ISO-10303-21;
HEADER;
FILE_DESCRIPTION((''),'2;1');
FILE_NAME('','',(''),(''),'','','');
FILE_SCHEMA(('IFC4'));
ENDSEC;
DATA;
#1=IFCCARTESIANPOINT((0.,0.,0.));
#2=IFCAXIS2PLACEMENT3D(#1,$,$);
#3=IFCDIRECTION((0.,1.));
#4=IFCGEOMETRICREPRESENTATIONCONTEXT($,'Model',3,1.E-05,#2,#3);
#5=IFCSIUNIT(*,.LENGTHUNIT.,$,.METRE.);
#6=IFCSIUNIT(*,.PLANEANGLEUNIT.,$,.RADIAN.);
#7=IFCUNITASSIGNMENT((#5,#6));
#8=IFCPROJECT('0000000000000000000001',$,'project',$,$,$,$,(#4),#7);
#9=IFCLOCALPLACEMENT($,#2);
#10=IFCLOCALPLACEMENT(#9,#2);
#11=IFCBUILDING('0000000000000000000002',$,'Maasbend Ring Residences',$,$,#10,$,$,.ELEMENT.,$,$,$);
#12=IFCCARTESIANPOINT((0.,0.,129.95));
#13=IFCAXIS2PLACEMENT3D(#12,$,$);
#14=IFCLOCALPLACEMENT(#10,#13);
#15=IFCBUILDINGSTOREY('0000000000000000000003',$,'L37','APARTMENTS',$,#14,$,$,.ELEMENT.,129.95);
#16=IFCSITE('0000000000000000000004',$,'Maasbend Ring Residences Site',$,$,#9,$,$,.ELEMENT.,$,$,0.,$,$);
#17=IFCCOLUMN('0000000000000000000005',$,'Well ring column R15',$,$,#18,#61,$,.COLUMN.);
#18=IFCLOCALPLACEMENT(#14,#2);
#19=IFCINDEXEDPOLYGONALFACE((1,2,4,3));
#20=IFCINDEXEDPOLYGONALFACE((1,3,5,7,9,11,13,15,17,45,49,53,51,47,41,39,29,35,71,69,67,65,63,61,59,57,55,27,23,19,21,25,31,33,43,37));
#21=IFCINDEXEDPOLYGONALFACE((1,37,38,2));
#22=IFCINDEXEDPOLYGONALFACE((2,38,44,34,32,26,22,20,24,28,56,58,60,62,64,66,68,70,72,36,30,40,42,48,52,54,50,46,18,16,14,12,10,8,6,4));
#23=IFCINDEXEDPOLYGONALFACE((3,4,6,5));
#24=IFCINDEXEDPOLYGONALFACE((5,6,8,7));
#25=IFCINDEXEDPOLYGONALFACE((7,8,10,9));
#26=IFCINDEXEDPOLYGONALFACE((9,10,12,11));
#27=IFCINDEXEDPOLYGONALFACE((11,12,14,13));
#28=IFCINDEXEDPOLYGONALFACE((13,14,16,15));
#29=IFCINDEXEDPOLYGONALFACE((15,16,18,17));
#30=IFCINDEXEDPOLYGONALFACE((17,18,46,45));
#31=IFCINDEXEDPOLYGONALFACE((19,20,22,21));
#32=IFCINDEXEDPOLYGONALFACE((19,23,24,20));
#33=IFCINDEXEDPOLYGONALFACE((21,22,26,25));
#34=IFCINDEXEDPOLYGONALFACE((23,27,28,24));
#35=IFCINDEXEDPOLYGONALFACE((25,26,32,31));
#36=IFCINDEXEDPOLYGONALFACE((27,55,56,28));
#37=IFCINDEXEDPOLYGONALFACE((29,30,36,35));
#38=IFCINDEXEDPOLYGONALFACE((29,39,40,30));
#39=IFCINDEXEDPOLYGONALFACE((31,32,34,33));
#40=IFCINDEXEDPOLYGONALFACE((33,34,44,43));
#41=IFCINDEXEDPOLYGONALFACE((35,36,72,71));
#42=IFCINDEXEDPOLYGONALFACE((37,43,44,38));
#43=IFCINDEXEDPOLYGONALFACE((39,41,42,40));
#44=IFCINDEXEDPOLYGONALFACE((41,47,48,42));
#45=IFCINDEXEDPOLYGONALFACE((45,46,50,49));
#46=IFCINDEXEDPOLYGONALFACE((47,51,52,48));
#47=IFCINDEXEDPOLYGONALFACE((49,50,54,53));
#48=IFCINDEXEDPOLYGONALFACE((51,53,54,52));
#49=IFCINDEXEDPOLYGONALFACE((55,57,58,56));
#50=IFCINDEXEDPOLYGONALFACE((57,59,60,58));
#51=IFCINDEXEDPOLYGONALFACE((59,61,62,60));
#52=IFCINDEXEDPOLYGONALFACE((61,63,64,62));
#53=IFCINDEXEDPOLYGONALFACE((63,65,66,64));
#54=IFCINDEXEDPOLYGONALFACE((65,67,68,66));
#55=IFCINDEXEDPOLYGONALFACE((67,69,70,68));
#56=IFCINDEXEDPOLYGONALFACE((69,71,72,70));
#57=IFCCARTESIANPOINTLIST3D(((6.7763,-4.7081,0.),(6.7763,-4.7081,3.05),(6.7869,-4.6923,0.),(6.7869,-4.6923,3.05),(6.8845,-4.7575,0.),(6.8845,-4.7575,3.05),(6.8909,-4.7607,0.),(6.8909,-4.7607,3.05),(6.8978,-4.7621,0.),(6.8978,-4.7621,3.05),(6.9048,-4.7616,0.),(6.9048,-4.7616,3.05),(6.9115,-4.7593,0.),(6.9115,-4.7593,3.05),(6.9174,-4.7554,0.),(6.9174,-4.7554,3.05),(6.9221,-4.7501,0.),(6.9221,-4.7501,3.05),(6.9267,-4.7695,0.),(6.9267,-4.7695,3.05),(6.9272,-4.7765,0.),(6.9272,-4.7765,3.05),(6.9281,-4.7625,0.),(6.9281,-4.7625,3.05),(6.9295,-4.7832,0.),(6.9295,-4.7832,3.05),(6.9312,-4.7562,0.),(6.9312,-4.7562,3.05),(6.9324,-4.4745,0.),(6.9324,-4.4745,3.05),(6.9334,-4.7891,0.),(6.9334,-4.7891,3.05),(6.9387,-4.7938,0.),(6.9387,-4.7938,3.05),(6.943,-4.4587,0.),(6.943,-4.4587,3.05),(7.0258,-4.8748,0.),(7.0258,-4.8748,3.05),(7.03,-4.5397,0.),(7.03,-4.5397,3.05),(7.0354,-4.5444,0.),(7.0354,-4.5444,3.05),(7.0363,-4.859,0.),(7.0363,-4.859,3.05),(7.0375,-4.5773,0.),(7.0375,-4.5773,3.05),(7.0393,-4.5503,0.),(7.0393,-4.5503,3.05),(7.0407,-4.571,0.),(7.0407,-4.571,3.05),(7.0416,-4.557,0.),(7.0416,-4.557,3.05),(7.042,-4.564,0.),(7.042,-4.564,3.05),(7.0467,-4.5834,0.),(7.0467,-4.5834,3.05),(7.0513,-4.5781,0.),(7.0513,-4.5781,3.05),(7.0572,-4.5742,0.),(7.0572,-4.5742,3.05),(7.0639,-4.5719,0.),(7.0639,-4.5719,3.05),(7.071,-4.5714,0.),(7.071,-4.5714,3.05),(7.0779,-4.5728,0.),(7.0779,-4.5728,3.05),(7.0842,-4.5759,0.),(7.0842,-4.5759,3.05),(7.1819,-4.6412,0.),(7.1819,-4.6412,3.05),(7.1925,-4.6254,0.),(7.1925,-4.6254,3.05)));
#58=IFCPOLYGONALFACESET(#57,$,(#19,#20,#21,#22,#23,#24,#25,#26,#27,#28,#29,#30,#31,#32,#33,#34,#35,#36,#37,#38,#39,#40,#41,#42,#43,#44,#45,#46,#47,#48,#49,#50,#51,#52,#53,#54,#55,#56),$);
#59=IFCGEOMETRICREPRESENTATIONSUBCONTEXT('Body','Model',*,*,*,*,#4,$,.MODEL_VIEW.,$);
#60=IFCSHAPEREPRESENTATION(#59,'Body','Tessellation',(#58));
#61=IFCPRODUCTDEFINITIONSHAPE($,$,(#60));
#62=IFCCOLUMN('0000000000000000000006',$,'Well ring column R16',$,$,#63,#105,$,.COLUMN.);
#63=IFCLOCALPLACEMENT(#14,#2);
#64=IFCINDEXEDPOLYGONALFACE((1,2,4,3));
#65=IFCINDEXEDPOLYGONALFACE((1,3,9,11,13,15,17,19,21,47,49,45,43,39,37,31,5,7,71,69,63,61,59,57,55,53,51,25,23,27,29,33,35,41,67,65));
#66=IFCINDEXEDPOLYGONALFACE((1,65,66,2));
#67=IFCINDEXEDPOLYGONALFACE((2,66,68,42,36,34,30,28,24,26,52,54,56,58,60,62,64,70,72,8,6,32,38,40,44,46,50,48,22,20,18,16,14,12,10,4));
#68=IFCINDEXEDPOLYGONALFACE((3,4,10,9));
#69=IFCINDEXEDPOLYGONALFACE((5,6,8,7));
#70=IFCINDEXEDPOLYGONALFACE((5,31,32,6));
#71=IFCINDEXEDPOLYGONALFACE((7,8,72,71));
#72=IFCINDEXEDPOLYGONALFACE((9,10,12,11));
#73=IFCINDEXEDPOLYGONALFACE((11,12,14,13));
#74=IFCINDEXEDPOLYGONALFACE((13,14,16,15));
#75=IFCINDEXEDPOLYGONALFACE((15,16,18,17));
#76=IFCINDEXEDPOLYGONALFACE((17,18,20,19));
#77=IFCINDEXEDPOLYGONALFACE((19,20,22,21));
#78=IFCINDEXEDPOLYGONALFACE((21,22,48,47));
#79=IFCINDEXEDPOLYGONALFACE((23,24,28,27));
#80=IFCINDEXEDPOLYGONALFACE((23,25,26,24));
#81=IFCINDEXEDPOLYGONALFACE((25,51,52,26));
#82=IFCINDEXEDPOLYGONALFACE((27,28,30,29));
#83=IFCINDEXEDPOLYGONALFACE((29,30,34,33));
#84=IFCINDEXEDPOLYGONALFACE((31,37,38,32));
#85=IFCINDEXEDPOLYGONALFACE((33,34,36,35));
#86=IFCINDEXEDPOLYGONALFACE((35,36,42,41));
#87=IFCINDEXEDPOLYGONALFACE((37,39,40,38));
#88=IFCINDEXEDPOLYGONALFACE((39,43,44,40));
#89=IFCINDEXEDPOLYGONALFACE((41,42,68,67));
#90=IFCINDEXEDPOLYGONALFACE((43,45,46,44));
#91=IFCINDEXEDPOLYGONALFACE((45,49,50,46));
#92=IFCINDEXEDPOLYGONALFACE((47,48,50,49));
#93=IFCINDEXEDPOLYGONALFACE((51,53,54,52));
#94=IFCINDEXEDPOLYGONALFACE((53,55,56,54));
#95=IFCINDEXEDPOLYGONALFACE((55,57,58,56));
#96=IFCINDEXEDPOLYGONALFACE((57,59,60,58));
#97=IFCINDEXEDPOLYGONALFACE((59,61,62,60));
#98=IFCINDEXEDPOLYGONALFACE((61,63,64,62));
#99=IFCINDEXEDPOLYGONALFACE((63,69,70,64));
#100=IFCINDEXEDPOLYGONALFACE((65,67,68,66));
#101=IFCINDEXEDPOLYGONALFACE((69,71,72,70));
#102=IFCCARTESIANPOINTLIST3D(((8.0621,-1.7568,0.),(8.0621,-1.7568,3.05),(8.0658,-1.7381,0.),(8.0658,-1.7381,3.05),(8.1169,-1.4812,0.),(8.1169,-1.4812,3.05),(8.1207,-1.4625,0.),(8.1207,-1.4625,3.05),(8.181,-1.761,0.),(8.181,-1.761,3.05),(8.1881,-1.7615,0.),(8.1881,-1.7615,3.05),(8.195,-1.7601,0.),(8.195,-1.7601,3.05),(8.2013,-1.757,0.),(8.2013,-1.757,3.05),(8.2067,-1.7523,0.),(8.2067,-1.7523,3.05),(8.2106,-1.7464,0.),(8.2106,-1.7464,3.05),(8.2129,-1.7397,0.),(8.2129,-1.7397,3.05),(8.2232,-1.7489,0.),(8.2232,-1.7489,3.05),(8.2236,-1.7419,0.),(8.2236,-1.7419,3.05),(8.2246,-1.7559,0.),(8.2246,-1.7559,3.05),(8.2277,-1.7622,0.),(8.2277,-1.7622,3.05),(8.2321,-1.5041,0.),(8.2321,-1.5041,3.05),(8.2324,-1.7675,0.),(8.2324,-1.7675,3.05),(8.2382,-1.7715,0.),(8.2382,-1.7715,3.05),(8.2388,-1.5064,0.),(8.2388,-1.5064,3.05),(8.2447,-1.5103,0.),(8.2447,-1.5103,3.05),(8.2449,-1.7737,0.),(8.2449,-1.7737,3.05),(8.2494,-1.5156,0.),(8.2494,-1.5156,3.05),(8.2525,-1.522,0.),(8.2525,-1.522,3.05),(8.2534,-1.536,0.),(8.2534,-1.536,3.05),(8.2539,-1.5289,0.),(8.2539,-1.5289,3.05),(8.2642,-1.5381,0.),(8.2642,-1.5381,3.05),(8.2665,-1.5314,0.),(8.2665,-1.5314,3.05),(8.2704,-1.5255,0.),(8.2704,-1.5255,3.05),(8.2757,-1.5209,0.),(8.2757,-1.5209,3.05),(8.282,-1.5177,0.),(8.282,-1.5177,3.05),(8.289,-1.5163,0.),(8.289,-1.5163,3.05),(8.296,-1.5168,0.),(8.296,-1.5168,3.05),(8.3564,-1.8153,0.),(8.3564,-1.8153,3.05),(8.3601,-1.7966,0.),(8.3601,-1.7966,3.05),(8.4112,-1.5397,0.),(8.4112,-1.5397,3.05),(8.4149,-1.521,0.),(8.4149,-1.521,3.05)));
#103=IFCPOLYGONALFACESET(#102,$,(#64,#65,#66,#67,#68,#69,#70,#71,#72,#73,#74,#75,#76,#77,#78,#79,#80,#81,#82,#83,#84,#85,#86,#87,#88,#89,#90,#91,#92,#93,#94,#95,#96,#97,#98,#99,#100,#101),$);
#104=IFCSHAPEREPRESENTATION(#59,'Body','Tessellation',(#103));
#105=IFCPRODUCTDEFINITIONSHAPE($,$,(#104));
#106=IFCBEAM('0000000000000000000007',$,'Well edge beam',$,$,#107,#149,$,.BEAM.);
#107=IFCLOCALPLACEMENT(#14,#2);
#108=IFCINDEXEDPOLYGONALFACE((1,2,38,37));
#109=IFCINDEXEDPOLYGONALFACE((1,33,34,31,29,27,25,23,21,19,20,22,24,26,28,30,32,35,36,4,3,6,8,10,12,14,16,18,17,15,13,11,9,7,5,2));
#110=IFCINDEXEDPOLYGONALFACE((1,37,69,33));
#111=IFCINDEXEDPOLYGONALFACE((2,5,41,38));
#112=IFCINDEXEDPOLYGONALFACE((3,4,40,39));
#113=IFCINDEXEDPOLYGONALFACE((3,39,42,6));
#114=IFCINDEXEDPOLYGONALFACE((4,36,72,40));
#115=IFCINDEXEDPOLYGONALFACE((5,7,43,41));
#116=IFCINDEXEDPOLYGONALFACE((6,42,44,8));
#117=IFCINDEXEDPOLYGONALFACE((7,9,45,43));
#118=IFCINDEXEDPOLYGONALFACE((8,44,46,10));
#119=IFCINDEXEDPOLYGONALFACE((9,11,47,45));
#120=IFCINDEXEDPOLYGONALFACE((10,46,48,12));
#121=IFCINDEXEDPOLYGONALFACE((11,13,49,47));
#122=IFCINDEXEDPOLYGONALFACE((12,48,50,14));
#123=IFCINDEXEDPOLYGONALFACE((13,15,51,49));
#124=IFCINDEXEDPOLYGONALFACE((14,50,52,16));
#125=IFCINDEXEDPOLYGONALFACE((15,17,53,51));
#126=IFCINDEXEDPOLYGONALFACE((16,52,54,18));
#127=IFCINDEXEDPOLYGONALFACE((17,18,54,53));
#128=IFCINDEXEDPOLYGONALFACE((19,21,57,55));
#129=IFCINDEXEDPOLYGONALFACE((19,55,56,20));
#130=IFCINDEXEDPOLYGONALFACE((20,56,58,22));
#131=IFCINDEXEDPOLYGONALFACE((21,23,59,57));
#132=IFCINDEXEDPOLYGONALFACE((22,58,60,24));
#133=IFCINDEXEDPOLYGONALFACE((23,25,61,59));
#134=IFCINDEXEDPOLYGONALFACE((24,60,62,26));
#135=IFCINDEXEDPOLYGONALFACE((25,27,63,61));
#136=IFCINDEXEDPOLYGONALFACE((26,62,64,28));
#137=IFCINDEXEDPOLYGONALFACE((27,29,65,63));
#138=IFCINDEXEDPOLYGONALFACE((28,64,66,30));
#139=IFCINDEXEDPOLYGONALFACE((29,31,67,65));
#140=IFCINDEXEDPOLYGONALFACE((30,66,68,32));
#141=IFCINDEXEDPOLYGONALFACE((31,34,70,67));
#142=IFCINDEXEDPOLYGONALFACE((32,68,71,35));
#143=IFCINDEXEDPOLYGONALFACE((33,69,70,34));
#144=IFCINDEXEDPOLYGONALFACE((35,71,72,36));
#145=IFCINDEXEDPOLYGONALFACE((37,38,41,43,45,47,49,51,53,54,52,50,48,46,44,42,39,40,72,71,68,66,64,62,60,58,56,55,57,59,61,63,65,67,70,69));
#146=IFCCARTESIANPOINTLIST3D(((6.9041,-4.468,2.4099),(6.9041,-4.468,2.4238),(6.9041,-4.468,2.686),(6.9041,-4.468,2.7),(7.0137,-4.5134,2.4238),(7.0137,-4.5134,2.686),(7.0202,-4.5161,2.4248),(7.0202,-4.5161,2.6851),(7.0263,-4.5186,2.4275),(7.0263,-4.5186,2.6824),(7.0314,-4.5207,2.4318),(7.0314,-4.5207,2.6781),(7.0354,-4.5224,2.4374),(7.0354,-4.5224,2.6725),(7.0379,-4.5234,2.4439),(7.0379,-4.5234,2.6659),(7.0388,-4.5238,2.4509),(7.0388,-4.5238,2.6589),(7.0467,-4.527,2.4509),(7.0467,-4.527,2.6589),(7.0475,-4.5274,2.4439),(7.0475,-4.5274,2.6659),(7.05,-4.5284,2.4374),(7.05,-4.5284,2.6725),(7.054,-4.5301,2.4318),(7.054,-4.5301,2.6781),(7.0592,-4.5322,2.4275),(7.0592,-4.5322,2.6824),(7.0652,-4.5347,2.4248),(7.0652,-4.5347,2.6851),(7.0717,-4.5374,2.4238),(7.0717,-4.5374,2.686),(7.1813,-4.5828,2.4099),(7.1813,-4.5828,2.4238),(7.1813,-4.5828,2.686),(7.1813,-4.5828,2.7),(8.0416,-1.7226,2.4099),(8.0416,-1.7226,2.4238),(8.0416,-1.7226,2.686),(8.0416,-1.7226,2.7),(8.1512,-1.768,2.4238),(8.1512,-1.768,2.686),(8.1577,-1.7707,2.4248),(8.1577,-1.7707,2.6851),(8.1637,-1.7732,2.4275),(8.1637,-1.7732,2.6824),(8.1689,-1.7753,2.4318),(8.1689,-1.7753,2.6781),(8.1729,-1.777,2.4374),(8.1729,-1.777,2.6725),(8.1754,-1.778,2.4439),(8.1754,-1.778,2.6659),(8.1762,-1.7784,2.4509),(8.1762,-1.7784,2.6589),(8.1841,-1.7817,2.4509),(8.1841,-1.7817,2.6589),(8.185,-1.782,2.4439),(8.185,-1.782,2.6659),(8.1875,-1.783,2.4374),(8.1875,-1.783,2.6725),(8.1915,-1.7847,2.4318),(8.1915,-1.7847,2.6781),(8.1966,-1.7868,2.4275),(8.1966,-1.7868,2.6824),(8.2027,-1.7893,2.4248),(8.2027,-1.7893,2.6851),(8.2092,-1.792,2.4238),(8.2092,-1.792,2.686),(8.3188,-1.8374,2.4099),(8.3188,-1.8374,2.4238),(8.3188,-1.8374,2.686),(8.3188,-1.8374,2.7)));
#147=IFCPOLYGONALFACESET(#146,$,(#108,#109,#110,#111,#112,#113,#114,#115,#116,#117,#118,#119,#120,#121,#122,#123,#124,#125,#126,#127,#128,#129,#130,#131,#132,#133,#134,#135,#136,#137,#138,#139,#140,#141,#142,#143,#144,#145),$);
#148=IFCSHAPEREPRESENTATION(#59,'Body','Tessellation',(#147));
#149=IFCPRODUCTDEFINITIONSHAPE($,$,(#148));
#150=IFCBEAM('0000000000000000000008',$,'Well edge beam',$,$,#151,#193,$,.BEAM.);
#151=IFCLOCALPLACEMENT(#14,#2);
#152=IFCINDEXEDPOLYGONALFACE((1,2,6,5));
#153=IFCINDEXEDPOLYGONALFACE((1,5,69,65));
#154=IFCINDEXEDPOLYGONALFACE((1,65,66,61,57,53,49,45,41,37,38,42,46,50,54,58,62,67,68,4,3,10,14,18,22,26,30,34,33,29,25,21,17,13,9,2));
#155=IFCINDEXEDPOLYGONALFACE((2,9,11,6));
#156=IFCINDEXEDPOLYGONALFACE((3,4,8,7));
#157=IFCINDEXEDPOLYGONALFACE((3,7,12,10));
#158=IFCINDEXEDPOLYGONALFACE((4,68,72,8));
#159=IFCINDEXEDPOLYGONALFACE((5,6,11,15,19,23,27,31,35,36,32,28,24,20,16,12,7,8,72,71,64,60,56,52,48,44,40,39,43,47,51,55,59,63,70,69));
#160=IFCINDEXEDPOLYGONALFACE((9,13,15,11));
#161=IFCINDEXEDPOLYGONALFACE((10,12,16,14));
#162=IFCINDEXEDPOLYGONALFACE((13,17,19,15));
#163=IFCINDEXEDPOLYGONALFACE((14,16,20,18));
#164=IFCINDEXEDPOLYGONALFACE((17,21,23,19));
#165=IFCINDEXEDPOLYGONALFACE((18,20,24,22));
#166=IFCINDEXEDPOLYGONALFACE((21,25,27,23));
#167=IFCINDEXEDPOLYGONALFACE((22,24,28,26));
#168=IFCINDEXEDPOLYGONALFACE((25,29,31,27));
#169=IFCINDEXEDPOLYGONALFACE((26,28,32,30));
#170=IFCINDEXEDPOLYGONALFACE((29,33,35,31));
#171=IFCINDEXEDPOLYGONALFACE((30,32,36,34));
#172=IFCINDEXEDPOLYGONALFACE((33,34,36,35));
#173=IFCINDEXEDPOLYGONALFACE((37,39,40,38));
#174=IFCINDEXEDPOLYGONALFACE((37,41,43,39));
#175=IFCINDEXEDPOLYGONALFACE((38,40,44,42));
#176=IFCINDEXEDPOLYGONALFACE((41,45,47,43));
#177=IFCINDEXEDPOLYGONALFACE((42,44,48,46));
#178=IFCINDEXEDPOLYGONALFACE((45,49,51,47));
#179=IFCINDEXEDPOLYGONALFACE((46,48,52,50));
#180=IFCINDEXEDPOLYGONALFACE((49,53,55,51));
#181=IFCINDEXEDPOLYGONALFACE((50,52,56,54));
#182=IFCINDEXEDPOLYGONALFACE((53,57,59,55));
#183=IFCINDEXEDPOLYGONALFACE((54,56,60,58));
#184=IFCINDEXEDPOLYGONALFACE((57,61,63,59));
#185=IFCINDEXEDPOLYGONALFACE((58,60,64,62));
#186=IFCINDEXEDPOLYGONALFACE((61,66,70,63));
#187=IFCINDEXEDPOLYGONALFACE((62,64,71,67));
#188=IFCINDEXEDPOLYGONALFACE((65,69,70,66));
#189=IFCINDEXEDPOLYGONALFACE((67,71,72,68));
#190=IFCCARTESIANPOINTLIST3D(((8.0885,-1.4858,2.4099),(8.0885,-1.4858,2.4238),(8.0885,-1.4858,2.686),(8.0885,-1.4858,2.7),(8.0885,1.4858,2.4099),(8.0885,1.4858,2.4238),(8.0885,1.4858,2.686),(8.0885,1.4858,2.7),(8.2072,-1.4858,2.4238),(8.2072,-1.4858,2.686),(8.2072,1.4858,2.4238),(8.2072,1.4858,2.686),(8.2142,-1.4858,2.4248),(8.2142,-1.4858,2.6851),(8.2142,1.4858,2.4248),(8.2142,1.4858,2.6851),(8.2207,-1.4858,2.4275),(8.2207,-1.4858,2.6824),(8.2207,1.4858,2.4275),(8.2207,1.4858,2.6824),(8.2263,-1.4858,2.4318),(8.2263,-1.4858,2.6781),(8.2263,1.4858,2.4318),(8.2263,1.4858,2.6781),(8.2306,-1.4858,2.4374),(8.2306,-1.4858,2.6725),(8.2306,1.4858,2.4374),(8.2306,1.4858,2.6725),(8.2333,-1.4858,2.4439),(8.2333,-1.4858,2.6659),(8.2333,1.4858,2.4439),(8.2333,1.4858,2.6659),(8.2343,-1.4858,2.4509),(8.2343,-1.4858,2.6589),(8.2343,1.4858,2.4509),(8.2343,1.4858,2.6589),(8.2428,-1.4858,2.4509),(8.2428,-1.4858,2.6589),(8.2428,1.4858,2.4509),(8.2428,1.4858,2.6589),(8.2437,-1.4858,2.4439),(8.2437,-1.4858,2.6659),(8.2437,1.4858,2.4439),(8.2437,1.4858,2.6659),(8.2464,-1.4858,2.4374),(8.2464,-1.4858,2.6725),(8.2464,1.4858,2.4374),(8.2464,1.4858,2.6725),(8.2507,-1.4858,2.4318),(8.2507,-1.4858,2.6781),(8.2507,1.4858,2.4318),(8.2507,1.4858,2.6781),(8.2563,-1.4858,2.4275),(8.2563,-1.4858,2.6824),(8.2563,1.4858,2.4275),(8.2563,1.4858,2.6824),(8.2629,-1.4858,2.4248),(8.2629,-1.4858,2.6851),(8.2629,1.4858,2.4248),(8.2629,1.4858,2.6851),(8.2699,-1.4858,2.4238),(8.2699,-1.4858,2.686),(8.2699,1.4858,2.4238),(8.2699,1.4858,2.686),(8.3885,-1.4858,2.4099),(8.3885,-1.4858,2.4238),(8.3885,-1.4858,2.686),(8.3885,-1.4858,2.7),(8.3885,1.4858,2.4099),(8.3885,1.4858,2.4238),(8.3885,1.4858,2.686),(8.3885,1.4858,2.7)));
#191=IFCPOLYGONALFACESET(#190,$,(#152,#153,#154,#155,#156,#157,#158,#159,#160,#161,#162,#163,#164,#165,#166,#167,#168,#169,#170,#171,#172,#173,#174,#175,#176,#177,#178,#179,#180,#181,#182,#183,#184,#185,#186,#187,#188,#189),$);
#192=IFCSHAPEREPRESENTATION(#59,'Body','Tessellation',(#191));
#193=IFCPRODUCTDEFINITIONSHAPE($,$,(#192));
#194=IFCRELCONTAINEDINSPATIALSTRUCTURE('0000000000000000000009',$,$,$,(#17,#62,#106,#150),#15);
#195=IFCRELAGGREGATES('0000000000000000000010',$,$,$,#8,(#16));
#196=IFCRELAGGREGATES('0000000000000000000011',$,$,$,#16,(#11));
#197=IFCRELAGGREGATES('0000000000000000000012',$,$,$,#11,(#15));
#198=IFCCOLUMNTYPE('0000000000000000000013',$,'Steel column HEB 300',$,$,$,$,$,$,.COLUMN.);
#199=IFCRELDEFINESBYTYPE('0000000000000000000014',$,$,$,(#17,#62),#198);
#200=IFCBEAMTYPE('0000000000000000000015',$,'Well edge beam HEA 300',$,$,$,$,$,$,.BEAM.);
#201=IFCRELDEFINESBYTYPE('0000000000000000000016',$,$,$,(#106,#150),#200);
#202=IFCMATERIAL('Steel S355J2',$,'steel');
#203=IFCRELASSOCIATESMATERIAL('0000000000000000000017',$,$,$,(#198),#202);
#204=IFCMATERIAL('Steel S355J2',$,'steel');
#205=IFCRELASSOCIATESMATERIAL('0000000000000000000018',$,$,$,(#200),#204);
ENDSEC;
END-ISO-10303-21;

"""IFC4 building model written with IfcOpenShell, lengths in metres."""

from ifc_helpers import new_model, si_unit, direction, frame, origin, origin_2d, place, context, subcontext, project, spatial, i_section, extrude, material, material_profile, profile_set, type_object, element, save


model = new_model("IFC4")

# Units and contexts
model_context = context("Model", 3, precision=1e-05, world=origin(), true_north=direction((0.0, 1.0)))
body_context = subcontext(model_context, "Body", "Model", "MODEL_VIEW")
ifc_project = project(units=[si_unit("LENGTHUNIT", "METRE"), si_unit("PLANEANGLEUNIT", "RADIAN")], contexts=[model_context])

# Site, building, storey
site_placement = place(None, origin())
site = spatial("IfcSite", under=ifc_project, at=site_placement, Name="Maasbend Ring Residences Site", CompositionType="ELEMENT", RefElevation=0.0)
building_placement = place(site_placement, origin())
building = spatial("IfcBuilding", under=site, at=building_placement, Name="Maasbend Ring Residences", CompositionType="ELEMENT")
storey_placement = place(building_placement, frame((0.0, 0.0, 129.95)))
storey = spatial("IfcBuildingStorey", under=building, at=storey_placement, Name="L37", Description="APARTMENTS", CompositionType="ELEMENT", Elevation=129.95)

# Columns
ifc_material_1 = material(Name="Steel S355J2", Category="steel")
ifc_material_profile_1 = material_profile(ifc_material_1, i_section(OverallWidth=0.3, OverallDepth=0.3, WebThickness=0.011, FlangeThickness=0.019, FilletRadius=0.0271, at=origin_2d()), Name="HEB 300")
ifc_profile_set_1 = profile_set([ifc_material_profile_1], Name="Steel S355J2")
column_type = type_object("IfcColumnType", Name="Steel column HEB 300", PredefinedType="COLUMN", material=ifc_profile_set_1)
for number, where, z_axis, x_axis, name in (
    (1, (6.9844, -4.6667, 0.0), (0.0, 0.0, 1.0), (0.83147, -0.55557, 0.0), "Well ring column R15"),
    (2, (8.2385, -1.6389, 0.0), (0.0, 0.0, 1.0), (0.980785, -0.19509, 0.0), "Well ring column R16"),
):
    element("IfcColumn", number, at=place(storey_placement, frame(where, z_axis=z_axis, x_axis=x_axis)), inside=storey, type_object=column_type, Name=name, PredefinedType="COLUMN", context=body_context, shape_type="SweptSolid", body=[
        extrude(i_section(OverallWidth=0.3, OverallDepth=0.3, WebThickness=0.011, FlangeThickness=0.019, FilletRadius=0.0271, at=origin_2d()), origin(), (0.0, 0.0, 1.0), 3.05),
    ])

# Beams
ifc_material_2 = material(Name="Steel S355J2", Category="steel")
ifc_material_profile_2 = material_profile(ifc_material_2, i_section(OverallWidth=0.3, OverallDepth=0.29, WebThickness=0.0085, FlangeThickness=0.0139, FilletRadius=0.0271, at=origin_2d()), Name="HEA 300")
ifc_profile_set_2 = profile_set([ifc_material_profile_2], Name="Steel S355J2")
beam_type = type_object("IfcBeamType", Name="Well edge beam HEA 300", PredefinedType="BEAM", material=ifc_profile_set_2)
for number, where, z_axis, x_axis, name in (
    (3, (7.0427, -4.5254, 2.5549), (0.382765, 0.923846, 0.0), (-0.923846, 0.382765, 0.0), "Well edge beam"),
    (4, (8.2385, -1.4858, 2.5549), (0.0, 1.0, 0.0), (-1.0, 0.0, 0.0), "Well edge beam"),
):
    element("IfcBeam", number, at=place(storey_placement, frame(where, z_axis=z_axis, x_axis=x_axis)), inside=storey, type_object=beam_type, Name=name, PredefinedType="BEAM", context=body_context, shape_type="SweptSolid", body=[
        extrude(i_section(OverallWidth=0.3, OverallDepth=0.29, WebThickness=0.0085, FlangeThickness=0.0139, FilletRadius=0.0271, at=origin_2d()), origin(), (0.0, 0.0, 1.0), 2.9717),
    ])

save(model, "model.ifc")
